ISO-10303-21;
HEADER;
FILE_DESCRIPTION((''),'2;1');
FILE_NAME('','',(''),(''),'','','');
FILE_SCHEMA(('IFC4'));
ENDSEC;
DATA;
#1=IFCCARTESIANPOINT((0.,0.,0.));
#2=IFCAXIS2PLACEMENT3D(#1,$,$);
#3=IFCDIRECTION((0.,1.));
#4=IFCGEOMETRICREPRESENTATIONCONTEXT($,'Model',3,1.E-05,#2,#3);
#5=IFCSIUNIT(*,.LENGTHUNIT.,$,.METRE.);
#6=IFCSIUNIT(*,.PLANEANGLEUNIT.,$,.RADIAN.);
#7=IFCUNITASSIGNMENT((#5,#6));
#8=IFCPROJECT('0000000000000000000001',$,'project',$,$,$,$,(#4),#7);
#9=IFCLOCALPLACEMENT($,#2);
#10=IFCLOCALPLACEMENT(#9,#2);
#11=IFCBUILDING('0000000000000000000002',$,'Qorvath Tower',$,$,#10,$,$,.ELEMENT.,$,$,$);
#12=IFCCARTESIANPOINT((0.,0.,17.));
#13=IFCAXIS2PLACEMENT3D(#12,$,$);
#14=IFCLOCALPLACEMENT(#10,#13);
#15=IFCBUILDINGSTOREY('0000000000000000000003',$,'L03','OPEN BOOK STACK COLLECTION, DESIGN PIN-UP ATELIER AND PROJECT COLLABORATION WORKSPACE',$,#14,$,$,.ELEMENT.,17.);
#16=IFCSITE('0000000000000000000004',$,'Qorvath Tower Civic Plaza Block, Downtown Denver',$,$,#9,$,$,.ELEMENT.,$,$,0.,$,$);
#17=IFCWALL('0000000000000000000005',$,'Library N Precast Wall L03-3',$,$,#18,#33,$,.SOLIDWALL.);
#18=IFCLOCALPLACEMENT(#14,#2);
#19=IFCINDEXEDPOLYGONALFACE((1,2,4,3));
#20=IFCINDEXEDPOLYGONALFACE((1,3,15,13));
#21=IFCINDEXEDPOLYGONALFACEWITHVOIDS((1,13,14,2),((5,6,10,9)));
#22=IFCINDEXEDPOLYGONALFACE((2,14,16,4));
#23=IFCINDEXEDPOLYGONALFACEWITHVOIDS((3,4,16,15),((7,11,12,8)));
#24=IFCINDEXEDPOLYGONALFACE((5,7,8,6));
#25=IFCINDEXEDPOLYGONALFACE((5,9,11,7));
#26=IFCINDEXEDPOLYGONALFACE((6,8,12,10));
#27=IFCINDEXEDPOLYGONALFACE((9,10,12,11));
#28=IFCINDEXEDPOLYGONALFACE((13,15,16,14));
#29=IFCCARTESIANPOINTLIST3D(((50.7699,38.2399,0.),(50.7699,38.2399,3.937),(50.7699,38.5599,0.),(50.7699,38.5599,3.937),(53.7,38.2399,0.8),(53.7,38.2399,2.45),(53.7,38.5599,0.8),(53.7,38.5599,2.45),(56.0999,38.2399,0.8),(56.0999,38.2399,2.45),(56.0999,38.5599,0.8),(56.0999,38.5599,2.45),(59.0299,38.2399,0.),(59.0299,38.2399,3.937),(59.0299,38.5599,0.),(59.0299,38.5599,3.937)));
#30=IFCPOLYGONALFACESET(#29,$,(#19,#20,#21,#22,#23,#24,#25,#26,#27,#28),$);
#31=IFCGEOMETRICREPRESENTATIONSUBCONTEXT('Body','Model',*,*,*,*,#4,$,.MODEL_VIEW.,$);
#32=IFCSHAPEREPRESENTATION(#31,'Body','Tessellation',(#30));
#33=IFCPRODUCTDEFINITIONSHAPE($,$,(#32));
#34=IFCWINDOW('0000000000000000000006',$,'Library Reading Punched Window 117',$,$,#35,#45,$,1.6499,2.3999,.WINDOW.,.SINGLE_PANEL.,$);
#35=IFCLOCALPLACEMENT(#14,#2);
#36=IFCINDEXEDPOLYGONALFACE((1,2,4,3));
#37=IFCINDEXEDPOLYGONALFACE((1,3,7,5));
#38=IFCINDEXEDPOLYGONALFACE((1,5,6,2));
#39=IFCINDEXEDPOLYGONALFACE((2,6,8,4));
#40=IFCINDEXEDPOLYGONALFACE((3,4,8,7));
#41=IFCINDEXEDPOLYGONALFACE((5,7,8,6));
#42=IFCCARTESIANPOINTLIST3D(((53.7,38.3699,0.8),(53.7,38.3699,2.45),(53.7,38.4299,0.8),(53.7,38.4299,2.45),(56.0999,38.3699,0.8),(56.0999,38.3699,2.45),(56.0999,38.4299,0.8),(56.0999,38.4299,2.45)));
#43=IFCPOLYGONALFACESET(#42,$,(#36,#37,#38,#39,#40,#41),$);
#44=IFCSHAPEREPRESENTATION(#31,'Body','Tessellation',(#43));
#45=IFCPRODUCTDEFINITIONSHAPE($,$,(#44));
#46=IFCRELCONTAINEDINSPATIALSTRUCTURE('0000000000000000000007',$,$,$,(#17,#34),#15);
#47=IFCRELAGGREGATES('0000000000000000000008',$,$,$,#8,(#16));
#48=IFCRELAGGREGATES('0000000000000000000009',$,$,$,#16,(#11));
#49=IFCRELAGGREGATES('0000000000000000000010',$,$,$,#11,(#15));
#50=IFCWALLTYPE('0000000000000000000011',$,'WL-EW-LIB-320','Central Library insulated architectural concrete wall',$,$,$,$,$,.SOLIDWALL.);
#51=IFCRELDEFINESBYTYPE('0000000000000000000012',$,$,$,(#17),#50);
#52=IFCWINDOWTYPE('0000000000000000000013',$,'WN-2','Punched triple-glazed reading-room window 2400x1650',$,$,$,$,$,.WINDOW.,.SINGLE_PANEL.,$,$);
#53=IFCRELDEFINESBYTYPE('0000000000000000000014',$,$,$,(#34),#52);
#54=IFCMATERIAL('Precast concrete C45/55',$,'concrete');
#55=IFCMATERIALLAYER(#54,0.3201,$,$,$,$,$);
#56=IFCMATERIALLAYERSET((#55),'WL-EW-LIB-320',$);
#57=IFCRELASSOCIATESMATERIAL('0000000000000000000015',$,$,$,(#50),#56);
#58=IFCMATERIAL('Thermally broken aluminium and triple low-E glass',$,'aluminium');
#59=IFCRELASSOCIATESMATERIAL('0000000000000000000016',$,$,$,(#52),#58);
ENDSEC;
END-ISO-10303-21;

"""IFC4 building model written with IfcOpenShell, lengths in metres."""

from ifc_helpers import new_model, si_unit, direction, frame, frame_2d, origin, place, context, subcontext, project, spatial, rectangle, extrude, material, layer, layer_set, type_object, element, fill, save


model = new_model("IFC4")

# Units and contexts
model_context = context("Model", 3, precision=1e-05, world=origin(), true_north=direction((0.0, 1.0)))
body_context = subcontext(model_context, "Body", "Model", "MODEL_VIEW")
ifc_project = project(units=[si_unit("LENGTHUNIT", "METRE"), si_unit("PLANEANGLEUNIT", "RADIAN")], contexts=[model_context])

# Site, building, storey
site_placement = place(None, origin())
site = spatial("IfcSite", under=ifc_project, at=site_placement, Name="Qorvath Tower Civic Plaza Block, Downtown Denver", CompositionType="ELEMENT", RefElevation=0.0)
building_placement = place(site_placement, origin())
building = spatial("IfcBuilding", under=site, at=building_placement, Name="Qorvath Tower", CompositionType="ELEMENT")
storey_placement = place(building_placement, frame((0.0, 0.0, 17.0)))
storey = spatial("IfcBuildingStorey", under=building, at=storey_placement, Name="L03", Description="OPEN BOOK STACK COLLECTION, DESIGN PIN-UP ATELIER AND PROJECT COLLABORATION WORKSPACE", CompositionType="ELEMENT", Elevation=17.0)

# Wall, opening, window
ifc_material_1 = material(Name="Precast concrete C45/55", Category="concrete")
ifc_layer_1 = layer(ifc_material_1, 0.3201)
ifc_layer_set_1 = layer_set([ifc_layer_1], Name="WL-EW-LIB-320")
wall_type_1 = type_object("IfcWallType", Name="WL-EW-LIB-320", Description="Central Library insulated architectural concrete wall", PredefinedType="SOLIDWALL", material=ifc_layer_set_1)
wall_1_placement = place(storey_placement, frame((50.77, 38.3999, 0.0), z_axis=(0.0, 0.0, 1.0), x_axis=(1.0, 0.0, 0.0)))
wall_1 = element("IfcWall", 1, at=wall_1_placement, inside=storey, type_object=wall_type_1, Name="Library N Precast Wall L03-3", PredefinedType="SOLIDWALL", context=body_context, shape_type="SweptSolid", body=[
    extrude(rectangle(XDim=8.26, YDim=0.3201, at=frame_2d((4.1299, 0.0))), origin(), (0.0, 0.0, 1.0), 3.937),
])
opening_1_placement = place(wall_1_placement, frame((2.9299, 0.0, 0.8)))
opening_1 = element("IfcOpeningElement", 2, at=opening_1_placement, cuts=wall_1, PredefinedType="OPENING", context=body_context, shape_type="SweptSolid", body=[
    extrude(rectangle(XDim=2.3999, YDim=1.6499, at=frame_2d((1.2, 0.825))), frame((0.0, 0.1699, 0.0), z_axis=(0.0, -1.0, 0.0), x_axis=(1.0, 0.0, 0.0)), (0.0, 0.0, 1.0), 0.3401),
])
ifc_material_2 = material(Name="Thermally broken aluminium and triple low-E glass", Category="aluminium")
window_type = type_object("IfcWindowType", Name="WN-2", Description="Punched triple-glazed reading-room window 2400x1650", PartitioningType="SINGLE_PANEL", PredefinedType="WINDOW", material=ifc_material_2)
window_placement = place(opening_1_placement, origin())
window = element("IfcWindow", 3, at=window_placement, inside=storey, type_object=window_type, Name="Library Reading Punched Window 117", OverallHeight=1.6499, OverallWidth=2.3999, PartitioningType="SINGLE_PANEL", PredefinedType="WINDOW", context=body_context, shape_type="SweptSolid", body=[
    extrude(rectangle(XDim=2.3999, YDim=1.6499, at=frame_2d((1.2, 0.825))), frame((0.0, 0.03, 0.0), z_axis=(0.0, -1.0, 0.0), x_axis=(1.0, 0.0, 0.0)), (0.0, 0.0, 1.0), 0.0601),
])
fill(opening_1, window)

save(model, "model.ifc")
